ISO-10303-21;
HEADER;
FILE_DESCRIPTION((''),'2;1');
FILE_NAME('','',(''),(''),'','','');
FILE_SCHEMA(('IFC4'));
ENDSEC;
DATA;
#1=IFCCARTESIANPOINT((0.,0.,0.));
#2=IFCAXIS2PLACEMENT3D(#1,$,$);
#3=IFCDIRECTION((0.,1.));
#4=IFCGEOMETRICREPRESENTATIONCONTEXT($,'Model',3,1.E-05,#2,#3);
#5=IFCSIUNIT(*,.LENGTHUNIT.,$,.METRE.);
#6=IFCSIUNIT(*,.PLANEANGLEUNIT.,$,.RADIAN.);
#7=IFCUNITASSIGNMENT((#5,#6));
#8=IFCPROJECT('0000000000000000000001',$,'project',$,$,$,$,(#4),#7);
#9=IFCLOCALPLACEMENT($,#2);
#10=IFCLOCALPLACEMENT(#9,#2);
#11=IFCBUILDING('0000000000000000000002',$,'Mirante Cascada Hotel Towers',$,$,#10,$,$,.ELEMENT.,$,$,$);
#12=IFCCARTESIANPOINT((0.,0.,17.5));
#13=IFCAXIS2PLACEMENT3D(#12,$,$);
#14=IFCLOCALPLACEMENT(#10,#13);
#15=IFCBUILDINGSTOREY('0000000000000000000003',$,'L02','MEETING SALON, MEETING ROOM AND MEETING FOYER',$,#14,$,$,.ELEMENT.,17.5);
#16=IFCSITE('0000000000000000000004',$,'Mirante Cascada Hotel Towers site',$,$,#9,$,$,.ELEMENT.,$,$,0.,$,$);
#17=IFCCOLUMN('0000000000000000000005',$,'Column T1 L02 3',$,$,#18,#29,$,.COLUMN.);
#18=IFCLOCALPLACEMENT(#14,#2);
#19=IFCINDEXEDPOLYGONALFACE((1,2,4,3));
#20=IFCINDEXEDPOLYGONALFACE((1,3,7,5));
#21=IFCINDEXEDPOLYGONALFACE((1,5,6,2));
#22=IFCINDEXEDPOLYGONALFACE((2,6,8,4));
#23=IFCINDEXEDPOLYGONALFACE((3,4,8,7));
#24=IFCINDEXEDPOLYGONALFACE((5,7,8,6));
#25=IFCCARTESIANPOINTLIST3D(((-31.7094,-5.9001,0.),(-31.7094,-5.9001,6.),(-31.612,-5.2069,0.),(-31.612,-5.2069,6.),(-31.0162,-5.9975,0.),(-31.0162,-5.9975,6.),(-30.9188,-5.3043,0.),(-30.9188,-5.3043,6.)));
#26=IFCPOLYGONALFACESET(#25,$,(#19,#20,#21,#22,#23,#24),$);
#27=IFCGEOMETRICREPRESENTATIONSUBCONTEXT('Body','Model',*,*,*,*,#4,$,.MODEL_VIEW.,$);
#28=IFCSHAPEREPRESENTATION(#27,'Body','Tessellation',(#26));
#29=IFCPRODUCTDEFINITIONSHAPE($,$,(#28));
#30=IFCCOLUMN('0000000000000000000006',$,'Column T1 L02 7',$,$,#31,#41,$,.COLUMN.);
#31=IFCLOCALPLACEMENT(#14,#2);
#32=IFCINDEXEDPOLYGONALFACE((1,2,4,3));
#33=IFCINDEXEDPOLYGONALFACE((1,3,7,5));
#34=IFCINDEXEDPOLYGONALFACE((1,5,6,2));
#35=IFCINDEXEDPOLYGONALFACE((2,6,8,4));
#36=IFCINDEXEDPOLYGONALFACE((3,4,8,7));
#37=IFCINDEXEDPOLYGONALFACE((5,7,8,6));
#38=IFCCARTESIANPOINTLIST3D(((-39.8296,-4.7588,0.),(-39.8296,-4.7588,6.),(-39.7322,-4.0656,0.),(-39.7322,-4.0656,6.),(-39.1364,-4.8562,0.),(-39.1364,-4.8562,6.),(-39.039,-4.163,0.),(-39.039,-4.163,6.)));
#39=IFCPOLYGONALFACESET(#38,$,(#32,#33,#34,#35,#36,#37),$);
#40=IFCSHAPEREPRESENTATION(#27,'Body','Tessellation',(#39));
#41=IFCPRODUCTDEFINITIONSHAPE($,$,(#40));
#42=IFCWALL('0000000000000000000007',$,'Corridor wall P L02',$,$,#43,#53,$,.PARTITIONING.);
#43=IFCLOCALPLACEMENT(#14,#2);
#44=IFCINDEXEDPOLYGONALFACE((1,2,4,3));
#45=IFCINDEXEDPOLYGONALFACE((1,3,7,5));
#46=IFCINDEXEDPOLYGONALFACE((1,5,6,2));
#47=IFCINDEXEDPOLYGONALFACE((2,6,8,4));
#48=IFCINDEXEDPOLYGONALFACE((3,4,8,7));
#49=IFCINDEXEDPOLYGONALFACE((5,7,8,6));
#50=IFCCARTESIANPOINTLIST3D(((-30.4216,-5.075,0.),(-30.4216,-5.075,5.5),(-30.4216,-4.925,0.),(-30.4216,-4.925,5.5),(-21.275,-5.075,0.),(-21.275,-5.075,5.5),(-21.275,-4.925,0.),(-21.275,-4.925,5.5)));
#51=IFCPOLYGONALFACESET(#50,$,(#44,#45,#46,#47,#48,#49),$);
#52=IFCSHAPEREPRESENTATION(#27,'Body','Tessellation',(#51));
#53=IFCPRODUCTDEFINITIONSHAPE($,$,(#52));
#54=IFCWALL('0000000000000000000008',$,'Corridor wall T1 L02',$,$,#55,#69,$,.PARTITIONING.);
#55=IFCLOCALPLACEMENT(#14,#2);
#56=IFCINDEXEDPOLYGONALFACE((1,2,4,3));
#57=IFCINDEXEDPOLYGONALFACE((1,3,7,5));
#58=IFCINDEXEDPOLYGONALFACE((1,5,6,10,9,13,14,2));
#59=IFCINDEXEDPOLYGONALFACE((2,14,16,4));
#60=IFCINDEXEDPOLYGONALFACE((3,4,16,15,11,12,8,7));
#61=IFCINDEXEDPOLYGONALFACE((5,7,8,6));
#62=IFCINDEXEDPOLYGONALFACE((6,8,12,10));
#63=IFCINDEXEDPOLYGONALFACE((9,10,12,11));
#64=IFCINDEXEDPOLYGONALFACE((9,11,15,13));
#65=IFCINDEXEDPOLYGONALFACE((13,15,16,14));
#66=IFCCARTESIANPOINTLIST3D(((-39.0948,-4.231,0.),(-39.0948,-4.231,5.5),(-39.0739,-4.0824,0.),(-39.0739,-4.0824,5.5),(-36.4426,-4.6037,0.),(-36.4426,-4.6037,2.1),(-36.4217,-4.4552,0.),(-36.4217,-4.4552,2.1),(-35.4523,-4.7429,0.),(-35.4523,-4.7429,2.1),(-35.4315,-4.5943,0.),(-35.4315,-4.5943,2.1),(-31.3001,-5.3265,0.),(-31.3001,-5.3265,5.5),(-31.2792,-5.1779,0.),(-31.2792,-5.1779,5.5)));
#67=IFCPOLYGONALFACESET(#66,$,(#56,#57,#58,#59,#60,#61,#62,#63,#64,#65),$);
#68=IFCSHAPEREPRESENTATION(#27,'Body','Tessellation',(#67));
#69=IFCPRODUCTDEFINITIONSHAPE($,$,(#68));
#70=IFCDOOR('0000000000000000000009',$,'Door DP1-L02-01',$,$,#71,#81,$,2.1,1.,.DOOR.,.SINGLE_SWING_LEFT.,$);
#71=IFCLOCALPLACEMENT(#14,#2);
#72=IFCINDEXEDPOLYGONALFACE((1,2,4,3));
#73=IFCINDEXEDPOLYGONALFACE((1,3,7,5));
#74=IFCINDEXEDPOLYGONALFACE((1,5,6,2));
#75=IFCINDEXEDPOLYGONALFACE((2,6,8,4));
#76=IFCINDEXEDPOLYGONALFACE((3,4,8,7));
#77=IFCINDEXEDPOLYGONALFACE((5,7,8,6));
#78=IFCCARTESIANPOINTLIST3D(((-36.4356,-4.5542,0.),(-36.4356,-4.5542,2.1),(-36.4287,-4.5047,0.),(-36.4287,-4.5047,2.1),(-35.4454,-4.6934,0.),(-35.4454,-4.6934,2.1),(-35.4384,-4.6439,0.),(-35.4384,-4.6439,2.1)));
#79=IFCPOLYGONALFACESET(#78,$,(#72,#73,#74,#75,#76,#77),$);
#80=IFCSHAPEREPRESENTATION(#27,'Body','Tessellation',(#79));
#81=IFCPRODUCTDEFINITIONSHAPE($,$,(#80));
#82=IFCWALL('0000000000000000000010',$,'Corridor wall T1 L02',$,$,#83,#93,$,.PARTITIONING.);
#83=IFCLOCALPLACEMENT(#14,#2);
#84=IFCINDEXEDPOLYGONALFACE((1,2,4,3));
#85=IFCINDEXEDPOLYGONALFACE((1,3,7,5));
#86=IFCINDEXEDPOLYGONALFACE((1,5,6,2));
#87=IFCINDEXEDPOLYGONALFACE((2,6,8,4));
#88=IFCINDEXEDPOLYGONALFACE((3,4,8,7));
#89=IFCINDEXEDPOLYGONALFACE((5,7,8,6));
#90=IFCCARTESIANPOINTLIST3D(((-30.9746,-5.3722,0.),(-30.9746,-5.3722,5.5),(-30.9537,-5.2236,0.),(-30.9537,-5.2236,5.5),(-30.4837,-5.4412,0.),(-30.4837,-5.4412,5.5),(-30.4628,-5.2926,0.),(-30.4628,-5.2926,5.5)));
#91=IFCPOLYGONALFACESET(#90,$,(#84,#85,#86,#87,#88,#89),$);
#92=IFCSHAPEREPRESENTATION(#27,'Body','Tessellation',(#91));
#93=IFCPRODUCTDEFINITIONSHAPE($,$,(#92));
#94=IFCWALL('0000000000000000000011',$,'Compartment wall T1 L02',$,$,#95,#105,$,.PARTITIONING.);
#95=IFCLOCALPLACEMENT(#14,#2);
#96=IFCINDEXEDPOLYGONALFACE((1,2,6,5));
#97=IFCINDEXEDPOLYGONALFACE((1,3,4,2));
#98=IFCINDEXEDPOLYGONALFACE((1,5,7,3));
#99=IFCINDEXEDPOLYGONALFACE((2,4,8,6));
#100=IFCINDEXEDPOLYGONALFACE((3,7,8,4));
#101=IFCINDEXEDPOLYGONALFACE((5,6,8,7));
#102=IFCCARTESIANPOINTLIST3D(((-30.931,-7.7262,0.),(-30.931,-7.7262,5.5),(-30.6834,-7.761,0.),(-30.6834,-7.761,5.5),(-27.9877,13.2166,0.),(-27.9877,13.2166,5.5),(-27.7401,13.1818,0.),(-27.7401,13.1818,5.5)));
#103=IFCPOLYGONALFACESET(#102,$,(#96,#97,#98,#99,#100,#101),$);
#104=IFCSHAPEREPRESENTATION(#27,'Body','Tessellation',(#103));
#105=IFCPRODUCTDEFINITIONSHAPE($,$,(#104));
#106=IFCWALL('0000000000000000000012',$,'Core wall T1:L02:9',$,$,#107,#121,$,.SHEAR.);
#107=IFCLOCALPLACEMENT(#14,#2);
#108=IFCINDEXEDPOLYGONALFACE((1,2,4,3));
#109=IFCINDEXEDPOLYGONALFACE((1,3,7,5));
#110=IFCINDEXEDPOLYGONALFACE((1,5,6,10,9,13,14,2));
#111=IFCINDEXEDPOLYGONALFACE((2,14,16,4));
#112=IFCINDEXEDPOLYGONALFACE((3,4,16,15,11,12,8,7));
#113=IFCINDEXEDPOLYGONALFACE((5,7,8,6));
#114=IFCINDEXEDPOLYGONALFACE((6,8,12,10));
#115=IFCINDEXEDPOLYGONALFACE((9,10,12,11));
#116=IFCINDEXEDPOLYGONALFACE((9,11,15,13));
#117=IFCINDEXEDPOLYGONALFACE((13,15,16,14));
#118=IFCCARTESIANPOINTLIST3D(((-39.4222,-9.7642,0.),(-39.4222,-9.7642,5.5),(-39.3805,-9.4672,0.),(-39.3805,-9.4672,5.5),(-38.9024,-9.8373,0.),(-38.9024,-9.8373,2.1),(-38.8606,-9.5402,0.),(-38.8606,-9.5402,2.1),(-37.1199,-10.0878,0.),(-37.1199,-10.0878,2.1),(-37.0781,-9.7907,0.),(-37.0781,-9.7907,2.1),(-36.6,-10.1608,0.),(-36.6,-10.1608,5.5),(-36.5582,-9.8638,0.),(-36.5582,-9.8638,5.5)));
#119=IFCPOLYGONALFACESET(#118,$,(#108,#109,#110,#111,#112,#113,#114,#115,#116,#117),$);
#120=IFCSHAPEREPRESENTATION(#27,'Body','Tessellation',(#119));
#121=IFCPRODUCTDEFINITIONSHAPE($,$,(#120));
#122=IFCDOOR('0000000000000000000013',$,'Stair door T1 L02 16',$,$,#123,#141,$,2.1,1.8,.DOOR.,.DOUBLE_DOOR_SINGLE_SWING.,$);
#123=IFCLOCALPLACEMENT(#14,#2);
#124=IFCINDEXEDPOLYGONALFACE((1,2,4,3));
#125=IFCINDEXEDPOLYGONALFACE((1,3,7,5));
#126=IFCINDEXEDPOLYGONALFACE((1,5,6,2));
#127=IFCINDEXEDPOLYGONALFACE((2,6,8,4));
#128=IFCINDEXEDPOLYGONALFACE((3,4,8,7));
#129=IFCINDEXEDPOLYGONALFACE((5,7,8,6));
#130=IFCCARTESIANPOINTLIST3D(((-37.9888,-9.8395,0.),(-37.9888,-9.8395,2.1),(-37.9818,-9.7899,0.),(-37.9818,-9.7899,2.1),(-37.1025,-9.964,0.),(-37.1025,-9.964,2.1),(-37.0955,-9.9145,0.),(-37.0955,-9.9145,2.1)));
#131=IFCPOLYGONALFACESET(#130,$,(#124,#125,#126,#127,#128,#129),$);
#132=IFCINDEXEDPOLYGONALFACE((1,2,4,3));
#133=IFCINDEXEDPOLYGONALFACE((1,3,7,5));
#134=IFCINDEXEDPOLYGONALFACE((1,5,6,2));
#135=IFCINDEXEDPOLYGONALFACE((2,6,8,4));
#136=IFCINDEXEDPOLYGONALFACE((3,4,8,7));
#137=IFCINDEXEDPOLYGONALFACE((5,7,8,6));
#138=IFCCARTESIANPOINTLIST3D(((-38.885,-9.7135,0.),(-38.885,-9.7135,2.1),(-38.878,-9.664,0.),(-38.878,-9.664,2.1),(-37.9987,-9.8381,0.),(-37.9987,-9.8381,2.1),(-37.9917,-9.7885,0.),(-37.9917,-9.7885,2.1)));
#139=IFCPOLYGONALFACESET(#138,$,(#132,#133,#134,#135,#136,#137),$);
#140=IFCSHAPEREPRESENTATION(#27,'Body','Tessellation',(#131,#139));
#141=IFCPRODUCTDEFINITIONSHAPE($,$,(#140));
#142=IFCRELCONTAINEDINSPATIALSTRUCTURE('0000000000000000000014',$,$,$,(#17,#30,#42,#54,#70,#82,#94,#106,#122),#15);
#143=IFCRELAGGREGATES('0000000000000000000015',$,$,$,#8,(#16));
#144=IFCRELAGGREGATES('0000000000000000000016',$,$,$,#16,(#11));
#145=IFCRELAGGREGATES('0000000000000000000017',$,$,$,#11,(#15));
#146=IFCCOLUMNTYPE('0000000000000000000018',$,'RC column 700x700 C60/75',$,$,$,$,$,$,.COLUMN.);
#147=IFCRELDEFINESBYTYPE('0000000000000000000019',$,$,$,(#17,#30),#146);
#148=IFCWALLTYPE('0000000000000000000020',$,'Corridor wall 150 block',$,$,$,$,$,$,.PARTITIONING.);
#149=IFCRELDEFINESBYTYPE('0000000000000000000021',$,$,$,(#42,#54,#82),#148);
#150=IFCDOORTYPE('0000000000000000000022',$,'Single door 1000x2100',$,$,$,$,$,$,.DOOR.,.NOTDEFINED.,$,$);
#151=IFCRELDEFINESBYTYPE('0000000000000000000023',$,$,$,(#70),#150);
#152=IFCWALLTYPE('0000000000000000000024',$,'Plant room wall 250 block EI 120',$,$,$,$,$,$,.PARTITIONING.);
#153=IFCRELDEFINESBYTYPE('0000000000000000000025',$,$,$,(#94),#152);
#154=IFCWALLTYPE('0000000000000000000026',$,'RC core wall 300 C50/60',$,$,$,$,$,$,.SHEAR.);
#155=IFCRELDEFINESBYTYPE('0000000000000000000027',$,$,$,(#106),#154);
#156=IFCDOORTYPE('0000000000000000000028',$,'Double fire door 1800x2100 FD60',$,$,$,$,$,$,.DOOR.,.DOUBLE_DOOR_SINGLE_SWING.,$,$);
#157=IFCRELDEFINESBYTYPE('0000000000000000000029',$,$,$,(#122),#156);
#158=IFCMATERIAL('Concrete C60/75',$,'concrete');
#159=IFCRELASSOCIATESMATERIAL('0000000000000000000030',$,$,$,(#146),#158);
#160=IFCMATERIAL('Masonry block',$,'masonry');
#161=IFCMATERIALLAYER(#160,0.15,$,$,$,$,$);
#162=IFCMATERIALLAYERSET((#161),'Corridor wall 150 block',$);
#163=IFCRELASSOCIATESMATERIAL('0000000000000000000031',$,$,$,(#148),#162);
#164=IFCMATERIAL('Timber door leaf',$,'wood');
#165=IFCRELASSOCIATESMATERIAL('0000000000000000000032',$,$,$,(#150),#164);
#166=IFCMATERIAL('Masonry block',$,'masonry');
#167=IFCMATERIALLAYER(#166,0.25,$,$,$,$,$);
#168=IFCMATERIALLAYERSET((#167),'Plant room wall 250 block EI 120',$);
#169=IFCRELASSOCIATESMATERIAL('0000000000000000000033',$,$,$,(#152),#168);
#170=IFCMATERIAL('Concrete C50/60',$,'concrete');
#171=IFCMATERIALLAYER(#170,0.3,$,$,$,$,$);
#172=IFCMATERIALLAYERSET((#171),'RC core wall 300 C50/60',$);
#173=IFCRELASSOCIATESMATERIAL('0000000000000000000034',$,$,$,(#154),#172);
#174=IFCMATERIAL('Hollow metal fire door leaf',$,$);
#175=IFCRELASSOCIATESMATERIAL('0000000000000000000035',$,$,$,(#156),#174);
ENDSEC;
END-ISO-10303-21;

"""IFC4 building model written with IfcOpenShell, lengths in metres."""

from ifc_helpers import new_model, si_unit, direction, frame, frame_2d, origin, origin_2d, place, context, subcontext, project, spatial, rectangle, extrude, material, layer, layer_set, material_profile, profile_set, type_object, element, fill, save


model = new_model("IFC4")

# Units and contexts
model_context = context("Model", 3, precision=1e-05, world=origin(), true_north=direction((0.0, 1.0)))
body_context = subcontext(model_context, "Body", "Model", "MODEL_VIEW")
ifc_project = project(units=[si_unit("LENGTHUNIT", "METRE"), si_unit("PLANEANGLEUNIT", "RADIAN")], contexts=[model_context])

# Site, building, storey
site_placement = place(None, origin())
site = spatial("IfcSite", under=ifc_project, at=site_placement, Name="Mirante Cascada Hotel Towers site", CompositionType="ELEMENT", RefElevation=0.0)
building_placement = place(site_placement, origin())
building = spatial("IfcBuilding", under=site, at=building_placement, Name="Mirante Cascada Hotel Towers", CompositionType="ELEMENT")
storey_placement = place(building_placement, frame((0.0, 0.0, 17.5)))
storey = spatial("IfcBuildingStorey", under=building, at=storey_placement, Name="L02", Description="MEETING SALON, MEETING ROOM AND MEETING FOYER", CompositionType="ELEMENT", Elevation=17.5)

# Columns
ifc_material_1 = material(Name="Concrete C60/75", Category="concrete")
ifc_material_profile = material_profile(ifc_material_1, rectangle(XDim=0.7, YDim=0.7, at=origin_2d()), Name="RC column 700x700 C60/75")
ifc_profile_set = profile_set([ifc_material_profile], Name="Concrete C60/75")
column_type = type_object("IfcColumnType", Name="RC column 700x700 C60/75", PredefinedType="COLUMN", material=ifc_profile_set)
for number, where, z_axis, x_axis, name in (
    (1, (-31.3141, -5.6022, 0.0), (0.0, 0.0, 1.0), (-0.990268, 0.139173, 0.0), "Column T1 L02 3"),
    (2, (-39.4343, -4.4609, 0.0), (0.0, 0.0, 1.0), (-0.990268, 0.139173, 0.0), "Column T1 L02 7"),
):
    element("IfcColumn", number, at=place(storey_placement, frame(where, z_axis=z_axis, x_axis=x_axis)), inside=storey, type_object=column_type, Name=name, PredefinedType="COLUMN", context=body_context, shape_type="SweptSolid", body=[
        extrude(rectangle(XDim=0.7, YDim=0.7, at=origin_2d()), origin(), (0.0, 0.0, 1.0), 6.0),
    ])

# Wall
ifc_material_2 = material(Name="Masonry block", Category="masonry")
ifc_layer_1 = layer(ifc_material_2, 0.15)
ifc_layer_set_1 = layer_set([ifc_layer_1], Name="Corridor wall 150 block")
wall_type_1 = type_object("IfcWallType", Name="Corridor wall 150 block", PredefinedType="PARTITIONING", material=ifc_layer_set_1)
wall_1_placement = place(storey_placement, frame((-30.4216, -5.0, 0.0), z_axis=(0.0, 0.0, 1.0), x_axis=(1.0, 0.0, 0.0)))
element("IfcWall", 3, at=wall_1_placement, inside=storey, type_object=wall_type_1, Name="Corridor wall P L02", PredefinedType="PARTITIONING", context=body_context, shape_type="SweptSolid", body=[
    extrude(rectangle(XDim=9.1466, YDim=0.15, at=frame_2d((4.5733, 0.0))), origin(), (0.0, 0.0, 1.0), 5.5),
])

# Wall, opening, door
wall_2_placement = place(storey_placement, frame((-39.0843, -4.1567, 0.0), z_axis=(0.0, 0.0, 1.0), x_axis=(0.990268, -0.139176, 0.0)))
wall_2 = element("IfcWall", 4, at=wall_2_placement, inside=storey, type_object=wall_type_1, Name="Corridor wall T1 L02", PredefinedType="PARTITIONING", context=body_context, shape_type="SweptSolid", body=[
    extrude(rectangle(XDim=7.8713, YDim=0.15, at=frame_2d((3.9356, 0.0))), origin(), (0.0, 0.0, 1.0), 5.5),
])
opening_1_placement = place(wall_2_placement, frame((2.6782, 0.0, 0.0)))
opening_1 = element("IfcOpeningElement", 5, at=opening_1_placement, cuts=wall_2, PredefinedType="OPENING", context=body_context, shape_type="SweptSolid", body=[
    extrude(rectangle(XDim=1.0, YDim=2.1, at=frame_2d((0.5, 1.05))), frame((0.0, 0.075, 0.0), z_axis=(0.0, -1.0, 0.0), x_axis=(1.0, 0.0, 0.0)), (0.0, 0.0, 1.0), 0.15),
])
ifc_material_3 = material(Name="Timber door leaf", Category="wood")
door_type_1 = type_object("IfcDoorType", Name="Single door 1000x2100", OperationType="NOTDEFINED", PredefinedType="DOOR", material=ifc_material_3)
door_1_placement = place(opening_1_placement, origin())
door_1 = element("IfcDoor", 6, at=door_1_placement, inside=storey, type_object=door_type_1, Name="Door DP1-L02-01", OperationType="SINGLE_SWING_LEFT", OverallHeight=2.1, OverallWidth=1.0, PredefinedType="DOOR", context=body_context, shape_type="SweptSolid", body=[
    extrude(rectangle(XDim=1.0, YDim=2.1, at=frame_2d((0.5, 1.05))), frame((0.0, 0.025, 0.0), z_axis=(0.0, -1.0, 0.0), x_axis=(1.0, 0.0, 0.0)), (0.0, 0.0, 1.0), 0.05),
])
fill(opening_1, door_1)

# Walls
wall_3_placement = place(storey_placement, frame((-30.9641, -5.2979, 0.0), z_axis=(0.0, 0.0, 1.0), x_axis=(0.990266, -0.13919, 0.0)))
element("IfcWall", 7, at=wall_3_placement, inside=storey, type_object=wall_type_1, Name="Corridor wall T1 L02", PredefinedType="PARTITIONING", context=body_context, shape_type="SweptSolid", body=[
    extrude(rectangle(XDim=0.4957, YDim=0.15, at=frame_2d((0.2478, 0.0))), origin(), (0.0, 0.0, 1.0), 5.5),
])
ifc_material_4 = material(Name="Masonry block", Category="masonry")
ifc_layer_2 = layer(ifc_material_4, 0.25)
ifc_layer_set_2 = layer_set([ifc_layer_2], Name="Plant room wall 250 block EI 120")
wall_type_2 = type_object("IfcWallType", Name="Plant room wall 250 block EI 120", PredefinedType="PARTITIONING", material=ifc_layer_set_2)
wall_4_placement = place(storey_placement, frame((-30.8072, -7.7436, 0.0), z_axis=(0.0, 0.0, 1.0), x_axis=(0.139172, 0.990268, 0.0)))
element("IfcWall", 8, at=wall_4_placement, inside=storey, type_object=wall_type_2, Name="Compartment wall T1 L02", PredefinedType="PARTITIONING", context=body_context, shape_type="SweptSolid", body=[
    extrude(rectangle(XDim=21.1486, YDim=0.25, at=frame_2d((10.5743, 0.0))), origin(), (0.0, 0.0, 1.0), 5.5),
])

# Wall, opening, door
ifc_material_5 = material(Name="Concrete C50/60", Category="concrete")
ifc_layer_3 = layer(ifc_material_5, 0.3)
ifc_layer_set_3 = layer_set([ifc_layer_3], Name="RC core wall 300 C50/60")
wall_type_3 = type_object("IfcWallType", Name="RC core wall 300 C50/60", PredefinedType="SHEAR", material=ifc_layer_set_3)
wall_5_placement = place(storey_placement, frame((-36.5791, -10.0123, 0.0), z_axis=(0.0, 0.0, 1.0), x_axis=(-0.99027, 0.139156, 0.0)))
wall_5 = element("IfcWall", 9, at=wall_5_placement, inside=storey, type_object=wall_type_3, Name="Core wall T1:L02:9", PredefinedType="SHEAR", context=body_context, shape_type="SweptSolid", body=[
    extrude(rectangle(XDim=2.85, YDim=0.3, at=frame_2d((1.425, 0.0))), origin(), (0.0, 0.0, 1.0), 5.5),
])
opening_2_placement = place(wall_5_placement, frame((0.525, 0.0, 0.0)))
opening_2 = element("IfcOpeningElement", 10, at=opening_2_placement, cuts=wall_5, PredefinedType="OPENING", context=body_context, shape_type="SweptSolid", body=[
    extrude(rectangle(XDim=1.8, YDim=2.1, at=frame_2d((0.9, 1.05))), frame((0.0, 0.15, 0.0), z_axis=(0.0, -1.0, 0.0), x_axis=(1.0, 0.0, 0.0)), (0.0, 0.0, 1.0), 0.3),
])
ifc_material_6 = material(Name="Hollow metal fire door leaf")
door_type_2 = type_object("IfcDoorType", Name="Double fire door 1800x2100 FD60", OperationType="DOUBLE_DOOR_SINGLE_SWING", PredefinedType="DOOR", material=ifc_material_6)
door_2_placement = place(opening_2_placement, origin())
door_2 = element("IfcDoor", 11, at=door_2_placement, inside=storey, type_object=door_type_2, Name="Stair door T1 L02 16", OperationType="DOUBLE_DOOR_SINGLE_SWING", OverallHeight=2.1, OverallWidth=1.8, PredefinedType="DOOR", context=body_context, shape_type="SweptSolid", body=[
    extrude(rectangle(XDim=0.895, YDim=2.1, at=frame_2d((0.4475, 1.05))), frame((0.0, 0.025, 0.0), z_axis=(0.0, -1.0, 0.0), x_axis=(1.0, 0.0, 0.0)), (0.0, 0.0, 1.0), 0.05),
    extrude(rectangle(XDim=0.895, YDim=2.1, at=frame_2d((1.3525, 1.05))), frame((0.0, 0.025, 0.0), z_axis=(0.0, -1.0, 0.0), x_axis=(1.0, 0.0, 0.0)), (0.0, 0.0, 1.0), 0.05),
])
fill(opening_2, door_2)

save(model, "model.ifc")
